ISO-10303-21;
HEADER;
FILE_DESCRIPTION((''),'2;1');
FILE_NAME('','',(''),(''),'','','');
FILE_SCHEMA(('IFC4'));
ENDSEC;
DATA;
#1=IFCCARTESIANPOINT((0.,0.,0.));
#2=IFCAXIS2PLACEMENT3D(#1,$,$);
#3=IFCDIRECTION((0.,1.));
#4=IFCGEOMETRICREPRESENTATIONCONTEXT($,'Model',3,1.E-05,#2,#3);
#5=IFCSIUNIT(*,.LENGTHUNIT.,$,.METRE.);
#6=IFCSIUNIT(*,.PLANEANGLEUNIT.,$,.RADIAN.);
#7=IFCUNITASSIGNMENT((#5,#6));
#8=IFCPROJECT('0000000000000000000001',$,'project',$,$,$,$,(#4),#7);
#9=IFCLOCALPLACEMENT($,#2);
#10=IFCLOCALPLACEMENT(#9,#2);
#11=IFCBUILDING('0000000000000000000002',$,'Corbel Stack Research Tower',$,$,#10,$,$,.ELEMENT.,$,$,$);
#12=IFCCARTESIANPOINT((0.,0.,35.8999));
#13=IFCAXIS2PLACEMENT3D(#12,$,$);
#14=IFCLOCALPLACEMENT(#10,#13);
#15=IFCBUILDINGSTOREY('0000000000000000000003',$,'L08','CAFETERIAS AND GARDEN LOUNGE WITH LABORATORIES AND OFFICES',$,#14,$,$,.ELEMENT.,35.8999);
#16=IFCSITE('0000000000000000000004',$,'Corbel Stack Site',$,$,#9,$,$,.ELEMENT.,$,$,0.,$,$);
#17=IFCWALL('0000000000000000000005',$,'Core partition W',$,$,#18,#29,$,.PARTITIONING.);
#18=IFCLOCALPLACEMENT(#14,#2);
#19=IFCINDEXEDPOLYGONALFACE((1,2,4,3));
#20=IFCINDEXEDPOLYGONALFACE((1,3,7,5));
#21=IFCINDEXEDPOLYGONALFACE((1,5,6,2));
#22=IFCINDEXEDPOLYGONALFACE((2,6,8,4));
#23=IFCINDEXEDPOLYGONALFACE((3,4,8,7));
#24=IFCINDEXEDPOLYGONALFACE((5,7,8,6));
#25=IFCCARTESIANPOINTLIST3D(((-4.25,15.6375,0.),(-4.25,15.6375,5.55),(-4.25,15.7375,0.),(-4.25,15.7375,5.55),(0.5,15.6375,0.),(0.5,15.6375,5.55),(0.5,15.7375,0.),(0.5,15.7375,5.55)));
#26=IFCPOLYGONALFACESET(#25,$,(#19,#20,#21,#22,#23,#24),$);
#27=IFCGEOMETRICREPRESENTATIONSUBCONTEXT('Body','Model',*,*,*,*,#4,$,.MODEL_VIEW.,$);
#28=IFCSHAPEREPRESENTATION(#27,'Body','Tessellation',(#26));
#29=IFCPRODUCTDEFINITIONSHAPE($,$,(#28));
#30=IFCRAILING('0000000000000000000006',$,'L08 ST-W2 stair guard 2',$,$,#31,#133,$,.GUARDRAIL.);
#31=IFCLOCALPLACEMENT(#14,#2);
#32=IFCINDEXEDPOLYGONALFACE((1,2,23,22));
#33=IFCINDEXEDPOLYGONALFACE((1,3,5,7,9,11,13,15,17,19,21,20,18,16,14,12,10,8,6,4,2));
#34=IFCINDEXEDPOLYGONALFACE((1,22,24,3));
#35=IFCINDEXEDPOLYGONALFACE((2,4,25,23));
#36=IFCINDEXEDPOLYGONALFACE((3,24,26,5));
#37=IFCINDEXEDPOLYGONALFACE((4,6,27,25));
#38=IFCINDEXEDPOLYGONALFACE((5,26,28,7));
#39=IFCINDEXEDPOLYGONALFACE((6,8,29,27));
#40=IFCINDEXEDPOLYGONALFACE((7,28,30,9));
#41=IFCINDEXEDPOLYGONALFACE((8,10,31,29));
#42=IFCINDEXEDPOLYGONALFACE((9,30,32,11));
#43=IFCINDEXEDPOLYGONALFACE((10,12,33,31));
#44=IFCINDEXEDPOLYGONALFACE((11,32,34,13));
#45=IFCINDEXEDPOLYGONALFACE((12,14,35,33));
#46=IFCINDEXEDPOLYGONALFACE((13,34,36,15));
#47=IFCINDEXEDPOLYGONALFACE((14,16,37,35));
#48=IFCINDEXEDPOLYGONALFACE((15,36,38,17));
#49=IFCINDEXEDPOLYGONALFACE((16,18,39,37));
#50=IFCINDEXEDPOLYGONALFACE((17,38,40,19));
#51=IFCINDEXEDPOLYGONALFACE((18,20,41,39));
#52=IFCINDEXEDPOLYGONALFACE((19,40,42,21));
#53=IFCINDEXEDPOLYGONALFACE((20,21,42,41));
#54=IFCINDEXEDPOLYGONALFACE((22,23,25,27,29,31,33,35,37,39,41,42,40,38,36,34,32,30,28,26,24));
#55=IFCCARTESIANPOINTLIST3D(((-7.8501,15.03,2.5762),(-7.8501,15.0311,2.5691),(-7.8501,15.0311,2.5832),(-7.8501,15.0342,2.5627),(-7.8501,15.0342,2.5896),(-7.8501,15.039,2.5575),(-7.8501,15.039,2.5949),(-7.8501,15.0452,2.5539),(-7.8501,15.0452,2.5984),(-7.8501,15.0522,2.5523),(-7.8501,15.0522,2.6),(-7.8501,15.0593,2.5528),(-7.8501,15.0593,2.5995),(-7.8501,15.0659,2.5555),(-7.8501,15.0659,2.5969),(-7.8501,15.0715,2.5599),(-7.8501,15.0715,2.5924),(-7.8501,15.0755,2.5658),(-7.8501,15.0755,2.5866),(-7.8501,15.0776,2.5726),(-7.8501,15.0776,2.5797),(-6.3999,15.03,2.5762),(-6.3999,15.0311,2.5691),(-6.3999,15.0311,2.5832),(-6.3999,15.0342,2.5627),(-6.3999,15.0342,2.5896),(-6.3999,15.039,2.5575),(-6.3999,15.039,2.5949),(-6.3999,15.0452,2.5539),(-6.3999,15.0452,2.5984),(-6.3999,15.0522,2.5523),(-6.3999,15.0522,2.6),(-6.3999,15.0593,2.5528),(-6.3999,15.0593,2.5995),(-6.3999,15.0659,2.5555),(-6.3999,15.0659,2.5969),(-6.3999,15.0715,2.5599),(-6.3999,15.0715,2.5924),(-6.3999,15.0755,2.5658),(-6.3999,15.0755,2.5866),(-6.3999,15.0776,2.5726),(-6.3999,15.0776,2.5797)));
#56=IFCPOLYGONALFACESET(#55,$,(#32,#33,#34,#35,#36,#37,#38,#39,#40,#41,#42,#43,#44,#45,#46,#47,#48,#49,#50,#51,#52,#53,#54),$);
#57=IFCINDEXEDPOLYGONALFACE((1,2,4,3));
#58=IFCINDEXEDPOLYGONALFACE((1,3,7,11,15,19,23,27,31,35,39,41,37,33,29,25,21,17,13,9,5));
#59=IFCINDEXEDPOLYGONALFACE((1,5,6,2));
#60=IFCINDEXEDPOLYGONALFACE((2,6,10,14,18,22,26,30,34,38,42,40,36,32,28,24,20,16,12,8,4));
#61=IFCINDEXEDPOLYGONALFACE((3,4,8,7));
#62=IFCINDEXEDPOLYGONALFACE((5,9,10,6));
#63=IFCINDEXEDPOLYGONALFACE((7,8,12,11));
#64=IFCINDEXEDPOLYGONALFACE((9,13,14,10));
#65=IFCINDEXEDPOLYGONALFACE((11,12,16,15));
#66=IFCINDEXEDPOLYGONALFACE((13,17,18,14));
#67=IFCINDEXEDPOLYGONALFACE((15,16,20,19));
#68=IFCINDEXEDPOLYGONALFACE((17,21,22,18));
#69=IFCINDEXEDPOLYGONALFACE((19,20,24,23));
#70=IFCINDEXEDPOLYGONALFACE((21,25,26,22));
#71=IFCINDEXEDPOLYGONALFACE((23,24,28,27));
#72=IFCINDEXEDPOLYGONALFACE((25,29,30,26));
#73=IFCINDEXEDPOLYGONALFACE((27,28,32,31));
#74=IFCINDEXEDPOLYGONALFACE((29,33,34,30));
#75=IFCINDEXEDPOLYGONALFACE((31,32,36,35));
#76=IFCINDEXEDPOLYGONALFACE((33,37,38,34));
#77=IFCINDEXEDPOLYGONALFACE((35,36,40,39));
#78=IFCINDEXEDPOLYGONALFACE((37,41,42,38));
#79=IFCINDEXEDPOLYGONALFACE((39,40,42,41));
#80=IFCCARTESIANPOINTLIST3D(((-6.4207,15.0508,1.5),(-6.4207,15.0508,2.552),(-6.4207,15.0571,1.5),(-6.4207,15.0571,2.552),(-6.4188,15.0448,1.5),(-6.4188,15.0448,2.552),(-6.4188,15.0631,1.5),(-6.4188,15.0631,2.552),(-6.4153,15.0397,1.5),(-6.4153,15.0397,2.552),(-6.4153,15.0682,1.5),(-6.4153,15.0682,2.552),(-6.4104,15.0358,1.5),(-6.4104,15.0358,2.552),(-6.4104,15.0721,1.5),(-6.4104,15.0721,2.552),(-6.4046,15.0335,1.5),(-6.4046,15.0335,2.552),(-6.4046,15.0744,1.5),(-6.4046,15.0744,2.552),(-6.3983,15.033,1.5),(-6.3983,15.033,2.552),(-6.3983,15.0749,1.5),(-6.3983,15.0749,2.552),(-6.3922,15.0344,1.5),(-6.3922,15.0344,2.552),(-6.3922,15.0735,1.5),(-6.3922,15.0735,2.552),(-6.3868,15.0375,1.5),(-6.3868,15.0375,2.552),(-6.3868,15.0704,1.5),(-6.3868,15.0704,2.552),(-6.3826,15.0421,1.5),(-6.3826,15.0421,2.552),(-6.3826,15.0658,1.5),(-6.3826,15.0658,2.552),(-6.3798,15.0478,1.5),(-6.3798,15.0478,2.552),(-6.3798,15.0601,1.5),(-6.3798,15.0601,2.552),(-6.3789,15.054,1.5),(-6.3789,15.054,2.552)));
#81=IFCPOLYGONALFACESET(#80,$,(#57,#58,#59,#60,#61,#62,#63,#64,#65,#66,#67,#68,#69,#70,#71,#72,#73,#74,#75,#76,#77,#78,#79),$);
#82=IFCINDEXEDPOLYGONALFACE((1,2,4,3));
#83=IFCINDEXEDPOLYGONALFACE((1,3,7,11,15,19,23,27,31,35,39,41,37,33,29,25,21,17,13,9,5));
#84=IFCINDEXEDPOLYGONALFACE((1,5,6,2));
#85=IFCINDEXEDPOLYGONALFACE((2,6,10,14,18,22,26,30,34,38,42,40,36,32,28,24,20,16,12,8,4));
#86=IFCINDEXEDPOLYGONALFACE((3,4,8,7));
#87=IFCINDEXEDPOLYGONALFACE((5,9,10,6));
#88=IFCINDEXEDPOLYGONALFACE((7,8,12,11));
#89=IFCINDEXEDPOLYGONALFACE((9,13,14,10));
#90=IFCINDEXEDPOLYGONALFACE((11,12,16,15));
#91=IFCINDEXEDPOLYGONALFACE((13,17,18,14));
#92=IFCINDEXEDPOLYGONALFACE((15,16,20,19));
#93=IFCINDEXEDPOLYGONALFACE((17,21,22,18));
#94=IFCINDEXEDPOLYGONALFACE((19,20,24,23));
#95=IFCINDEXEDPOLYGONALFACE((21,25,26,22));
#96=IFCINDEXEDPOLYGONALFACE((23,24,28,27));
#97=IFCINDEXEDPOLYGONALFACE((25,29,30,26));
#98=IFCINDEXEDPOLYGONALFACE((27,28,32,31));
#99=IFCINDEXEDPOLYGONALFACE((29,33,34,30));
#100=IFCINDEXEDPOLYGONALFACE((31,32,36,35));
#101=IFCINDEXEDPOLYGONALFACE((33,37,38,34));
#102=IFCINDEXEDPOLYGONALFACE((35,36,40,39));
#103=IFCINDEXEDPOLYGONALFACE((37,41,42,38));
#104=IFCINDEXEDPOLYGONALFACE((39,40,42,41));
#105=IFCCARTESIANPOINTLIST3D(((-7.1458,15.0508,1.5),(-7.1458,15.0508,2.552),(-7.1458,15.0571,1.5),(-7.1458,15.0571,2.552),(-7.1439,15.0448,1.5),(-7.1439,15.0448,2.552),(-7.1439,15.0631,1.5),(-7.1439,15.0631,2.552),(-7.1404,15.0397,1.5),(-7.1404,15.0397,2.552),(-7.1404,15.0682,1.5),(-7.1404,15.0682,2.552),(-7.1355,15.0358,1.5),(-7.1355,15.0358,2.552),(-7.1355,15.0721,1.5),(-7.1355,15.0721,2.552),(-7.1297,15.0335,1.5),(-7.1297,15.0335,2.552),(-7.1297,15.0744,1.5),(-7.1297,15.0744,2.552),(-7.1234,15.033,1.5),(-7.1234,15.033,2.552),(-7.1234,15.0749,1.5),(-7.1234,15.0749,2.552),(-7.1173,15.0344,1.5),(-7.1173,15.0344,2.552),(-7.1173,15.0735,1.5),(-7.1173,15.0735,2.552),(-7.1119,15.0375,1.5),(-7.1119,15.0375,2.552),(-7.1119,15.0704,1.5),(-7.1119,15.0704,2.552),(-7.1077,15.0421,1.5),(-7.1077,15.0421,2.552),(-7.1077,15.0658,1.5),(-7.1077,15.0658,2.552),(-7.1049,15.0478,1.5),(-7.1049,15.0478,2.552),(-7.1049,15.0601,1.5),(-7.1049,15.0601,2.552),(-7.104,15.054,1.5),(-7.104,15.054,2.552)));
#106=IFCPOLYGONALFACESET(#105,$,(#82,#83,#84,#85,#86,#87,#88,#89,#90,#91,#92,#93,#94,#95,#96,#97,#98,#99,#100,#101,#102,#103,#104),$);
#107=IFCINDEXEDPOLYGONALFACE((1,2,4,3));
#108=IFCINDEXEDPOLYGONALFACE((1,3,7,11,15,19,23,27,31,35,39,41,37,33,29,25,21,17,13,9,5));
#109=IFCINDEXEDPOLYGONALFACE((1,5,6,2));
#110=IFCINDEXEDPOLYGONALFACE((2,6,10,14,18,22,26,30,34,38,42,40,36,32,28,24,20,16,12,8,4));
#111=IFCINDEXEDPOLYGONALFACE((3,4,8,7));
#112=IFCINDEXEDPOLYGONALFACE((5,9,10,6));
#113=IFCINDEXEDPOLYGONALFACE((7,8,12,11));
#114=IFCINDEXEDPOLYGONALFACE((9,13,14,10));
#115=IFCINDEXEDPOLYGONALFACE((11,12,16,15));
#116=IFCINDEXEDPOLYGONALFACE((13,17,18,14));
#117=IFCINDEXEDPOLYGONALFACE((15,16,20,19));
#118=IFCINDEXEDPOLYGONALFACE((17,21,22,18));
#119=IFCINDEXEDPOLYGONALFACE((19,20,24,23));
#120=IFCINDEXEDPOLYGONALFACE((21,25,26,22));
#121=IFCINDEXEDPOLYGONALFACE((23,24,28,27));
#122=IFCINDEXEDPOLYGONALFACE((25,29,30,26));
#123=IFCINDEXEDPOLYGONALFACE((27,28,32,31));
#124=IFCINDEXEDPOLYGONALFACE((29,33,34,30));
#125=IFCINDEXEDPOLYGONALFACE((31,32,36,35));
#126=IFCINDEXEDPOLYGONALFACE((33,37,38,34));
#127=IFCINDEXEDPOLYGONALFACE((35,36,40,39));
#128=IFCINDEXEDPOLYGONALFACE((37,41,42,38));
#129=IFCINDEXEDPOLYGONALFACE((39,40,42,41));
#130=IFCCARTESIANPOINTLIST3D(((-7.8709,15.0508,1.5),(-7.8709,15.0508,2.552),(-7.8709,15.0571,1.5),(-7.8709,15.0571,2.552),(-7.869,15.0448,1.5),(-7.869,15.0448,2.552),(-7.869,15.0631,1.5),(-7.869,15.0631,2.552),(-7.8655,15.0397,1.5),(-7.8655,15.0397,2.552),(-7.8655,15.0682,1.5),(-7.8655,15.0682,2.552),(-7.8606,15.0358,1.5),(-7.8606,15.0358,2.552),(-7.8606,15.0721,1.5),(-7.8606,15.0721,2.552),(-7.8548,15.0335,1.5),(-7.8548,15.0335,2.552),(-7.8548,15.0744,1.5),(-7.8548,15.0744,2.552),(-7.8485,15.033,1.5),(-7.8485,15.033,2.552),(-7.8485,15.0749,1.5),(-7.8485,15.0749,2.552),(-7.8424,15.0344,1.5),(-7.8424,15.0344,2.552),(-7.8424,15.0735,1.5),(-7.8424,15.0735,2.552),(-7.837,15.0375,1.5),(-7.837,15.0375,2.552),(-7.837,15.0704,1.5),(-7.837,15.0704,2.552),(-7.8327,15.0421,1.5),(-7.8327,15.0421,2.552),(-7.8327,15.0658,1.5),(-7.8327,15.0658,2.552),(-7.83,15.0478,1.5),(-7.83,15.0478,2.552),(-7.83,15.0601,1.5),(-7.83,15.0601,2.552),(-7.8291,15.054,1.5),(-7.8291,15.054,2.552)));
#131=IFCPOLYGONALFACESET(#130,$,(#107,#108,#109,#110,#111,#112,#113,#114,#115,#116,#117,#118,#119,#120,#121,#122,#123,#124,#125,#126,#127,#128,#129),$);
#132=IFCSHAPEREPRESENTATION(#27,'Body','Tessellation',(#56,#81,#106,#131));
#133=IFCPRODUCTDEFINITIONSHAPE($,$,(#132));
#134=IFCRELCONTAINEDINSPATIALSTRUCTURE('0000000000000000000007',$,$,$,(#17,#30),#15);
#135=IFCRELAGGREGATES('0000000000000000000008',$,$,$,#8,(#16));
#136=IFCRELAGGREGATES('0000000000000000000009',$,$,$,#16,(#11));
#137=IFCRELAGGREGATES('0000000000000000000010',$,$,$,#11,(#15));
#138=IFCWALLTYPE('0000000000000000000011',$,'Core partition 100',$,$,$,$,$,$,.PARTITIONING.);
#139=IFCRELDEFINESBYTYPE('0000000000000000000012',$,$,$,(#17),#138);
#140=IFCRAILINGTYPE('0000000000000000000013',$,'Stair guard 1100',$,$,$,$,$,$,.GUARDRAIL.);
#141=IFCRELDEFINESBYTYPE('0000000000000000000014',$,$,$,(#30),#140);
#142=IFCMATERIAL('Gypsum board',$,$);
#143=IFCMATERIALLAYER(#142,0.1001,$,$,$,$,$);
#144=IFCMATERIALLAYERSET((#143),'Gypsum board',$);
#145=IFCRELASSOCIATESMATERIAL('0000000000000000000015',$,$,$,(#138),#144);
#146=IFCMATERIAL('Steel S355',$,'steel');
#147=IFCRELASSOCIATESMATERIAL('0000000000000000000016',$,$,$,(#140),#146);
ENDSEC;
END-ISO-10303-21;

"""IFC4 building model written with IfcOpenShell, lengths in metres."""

from ifc_helpers import new_model, si_unit, direction, frame, frame_2d, origin, origin_2d, place, context, subcontext, project, spatial, rectangle, circle, extrude, material, layer, layer_set, type_object, element, save


model = new_model("IFC4")

# Units and contexts
model_context = context("Model", 3, precision=1e-05, world=origin(), true_north=direction((0.0, 1.0)))
body_context = subcontext(model_context, "Body", "Model", "MODEL_VIEW")
ifc_project = project(units=[si_unit("LENGTHUNIT", "METRE"), si_unit("PLANEANGLEUNIT", "RADIAN")], contexts=[model_context])

# Site, building, storey
site_placement = place(None, origin())
site = spatial("IfcSite", under=ifc_project, at=site_placement, Name="Corbel Stack Site", CompositionType="ELEMENT", RefElevation=0.0)
building_placement = place(site_placement, origin())
building = spatial("IfcBuilding", under=site, at=building_placement, Name="Corbel Stack Research Tower", CompositionType="ELEMENT")
storey_placement = place(building_placement, frame((0.0, 0.0, 35.8999)))
storey = spatial("IfcBuildingStorey", under=building, at=storey_placement, Name="L08", Description="CAFETERIAS AND GARDEN LOUNGE WITH LABORATORIES AND OFFICES", CompositionType="ELEMENT", Elevation=35.8999)

# Wall
ifc_material_1 = material(Name="Gypsum board")
ifc_layer_1 = layer(ifc_material_1, 0.1001)
ifc_layer_set_1 = layer_set([ifc_layer_1], Name="Gypsum board")
wall_type_1 = type_object("IfcWallType", Name="Core partition 100", PredefinedType="PARTITIONING", material=ifc_layer_set_1)
wall_1_placement = place(storey_placement, frame((-4.25, 15.6875, 0.0), z_axis=(0.0, 0.0, 1.0), x_axis=(1.0, 0.0, 0.0)))
element("IfcWall", 1, at=wall_1_placement, inside=storey, type_object=wall_type_1, Name="Core partition W", PredefinedType="PARTITIONING", context=body_context, shape_type="SweptSolid", body=[
    extrude(rectangle(XDim=4.75, YDim=0.1001, at=frame_2d((2.375, 0.0))), origin(), (0.0, 0.0, 1.0), 5.55),
])

# Railing
ifc_material_2 = material(Name="Steel S355", Category="steel")
railing_type = type_object("IfcRailingType", Name="Stair guard 1100", PredefinedType="GUARDRAIL", material=ifc_material_2)
railing_1_placement = place(storey_placement, frame((-6.3999, 15.054, 1.5)))
element("IfcRailing", 2, at=railing_1_placement, inside=storey, type_object=railing_type, Name="L08 ST-W2 stair guard 2", PredefinedType="GUARDRAIL", context=body_context, shape_type="SweptSolid", body=[
    extrude(circle(Radius=0.0239, at=origin_2d()), frame((0.0, 0.0, 1.0762), z_axis=(-1.0, 0.0, 0.0), x_axis=(0.0, -1.0, 0.0)), (0.0, 0.0, 1.0), 1.4502),
    extrude(circle(Radius=0.021, at=origin_2d()), origin(), (0.0, 0.0, 1.0), 1.052),
    extrude(circle(Radius=0.021, at=origin_2d()), frame((-0.7251, 0.0, 0.0)), (0.0, 0.0, 1.0), 1.052),
    extrude(circle(Radius=0.021, at=origin_2d()), frame((-1.4502, 0.0, 0.0)), (0.0, 0.0, 1.0), 1.052),
])

save(model, "model.ifc")
